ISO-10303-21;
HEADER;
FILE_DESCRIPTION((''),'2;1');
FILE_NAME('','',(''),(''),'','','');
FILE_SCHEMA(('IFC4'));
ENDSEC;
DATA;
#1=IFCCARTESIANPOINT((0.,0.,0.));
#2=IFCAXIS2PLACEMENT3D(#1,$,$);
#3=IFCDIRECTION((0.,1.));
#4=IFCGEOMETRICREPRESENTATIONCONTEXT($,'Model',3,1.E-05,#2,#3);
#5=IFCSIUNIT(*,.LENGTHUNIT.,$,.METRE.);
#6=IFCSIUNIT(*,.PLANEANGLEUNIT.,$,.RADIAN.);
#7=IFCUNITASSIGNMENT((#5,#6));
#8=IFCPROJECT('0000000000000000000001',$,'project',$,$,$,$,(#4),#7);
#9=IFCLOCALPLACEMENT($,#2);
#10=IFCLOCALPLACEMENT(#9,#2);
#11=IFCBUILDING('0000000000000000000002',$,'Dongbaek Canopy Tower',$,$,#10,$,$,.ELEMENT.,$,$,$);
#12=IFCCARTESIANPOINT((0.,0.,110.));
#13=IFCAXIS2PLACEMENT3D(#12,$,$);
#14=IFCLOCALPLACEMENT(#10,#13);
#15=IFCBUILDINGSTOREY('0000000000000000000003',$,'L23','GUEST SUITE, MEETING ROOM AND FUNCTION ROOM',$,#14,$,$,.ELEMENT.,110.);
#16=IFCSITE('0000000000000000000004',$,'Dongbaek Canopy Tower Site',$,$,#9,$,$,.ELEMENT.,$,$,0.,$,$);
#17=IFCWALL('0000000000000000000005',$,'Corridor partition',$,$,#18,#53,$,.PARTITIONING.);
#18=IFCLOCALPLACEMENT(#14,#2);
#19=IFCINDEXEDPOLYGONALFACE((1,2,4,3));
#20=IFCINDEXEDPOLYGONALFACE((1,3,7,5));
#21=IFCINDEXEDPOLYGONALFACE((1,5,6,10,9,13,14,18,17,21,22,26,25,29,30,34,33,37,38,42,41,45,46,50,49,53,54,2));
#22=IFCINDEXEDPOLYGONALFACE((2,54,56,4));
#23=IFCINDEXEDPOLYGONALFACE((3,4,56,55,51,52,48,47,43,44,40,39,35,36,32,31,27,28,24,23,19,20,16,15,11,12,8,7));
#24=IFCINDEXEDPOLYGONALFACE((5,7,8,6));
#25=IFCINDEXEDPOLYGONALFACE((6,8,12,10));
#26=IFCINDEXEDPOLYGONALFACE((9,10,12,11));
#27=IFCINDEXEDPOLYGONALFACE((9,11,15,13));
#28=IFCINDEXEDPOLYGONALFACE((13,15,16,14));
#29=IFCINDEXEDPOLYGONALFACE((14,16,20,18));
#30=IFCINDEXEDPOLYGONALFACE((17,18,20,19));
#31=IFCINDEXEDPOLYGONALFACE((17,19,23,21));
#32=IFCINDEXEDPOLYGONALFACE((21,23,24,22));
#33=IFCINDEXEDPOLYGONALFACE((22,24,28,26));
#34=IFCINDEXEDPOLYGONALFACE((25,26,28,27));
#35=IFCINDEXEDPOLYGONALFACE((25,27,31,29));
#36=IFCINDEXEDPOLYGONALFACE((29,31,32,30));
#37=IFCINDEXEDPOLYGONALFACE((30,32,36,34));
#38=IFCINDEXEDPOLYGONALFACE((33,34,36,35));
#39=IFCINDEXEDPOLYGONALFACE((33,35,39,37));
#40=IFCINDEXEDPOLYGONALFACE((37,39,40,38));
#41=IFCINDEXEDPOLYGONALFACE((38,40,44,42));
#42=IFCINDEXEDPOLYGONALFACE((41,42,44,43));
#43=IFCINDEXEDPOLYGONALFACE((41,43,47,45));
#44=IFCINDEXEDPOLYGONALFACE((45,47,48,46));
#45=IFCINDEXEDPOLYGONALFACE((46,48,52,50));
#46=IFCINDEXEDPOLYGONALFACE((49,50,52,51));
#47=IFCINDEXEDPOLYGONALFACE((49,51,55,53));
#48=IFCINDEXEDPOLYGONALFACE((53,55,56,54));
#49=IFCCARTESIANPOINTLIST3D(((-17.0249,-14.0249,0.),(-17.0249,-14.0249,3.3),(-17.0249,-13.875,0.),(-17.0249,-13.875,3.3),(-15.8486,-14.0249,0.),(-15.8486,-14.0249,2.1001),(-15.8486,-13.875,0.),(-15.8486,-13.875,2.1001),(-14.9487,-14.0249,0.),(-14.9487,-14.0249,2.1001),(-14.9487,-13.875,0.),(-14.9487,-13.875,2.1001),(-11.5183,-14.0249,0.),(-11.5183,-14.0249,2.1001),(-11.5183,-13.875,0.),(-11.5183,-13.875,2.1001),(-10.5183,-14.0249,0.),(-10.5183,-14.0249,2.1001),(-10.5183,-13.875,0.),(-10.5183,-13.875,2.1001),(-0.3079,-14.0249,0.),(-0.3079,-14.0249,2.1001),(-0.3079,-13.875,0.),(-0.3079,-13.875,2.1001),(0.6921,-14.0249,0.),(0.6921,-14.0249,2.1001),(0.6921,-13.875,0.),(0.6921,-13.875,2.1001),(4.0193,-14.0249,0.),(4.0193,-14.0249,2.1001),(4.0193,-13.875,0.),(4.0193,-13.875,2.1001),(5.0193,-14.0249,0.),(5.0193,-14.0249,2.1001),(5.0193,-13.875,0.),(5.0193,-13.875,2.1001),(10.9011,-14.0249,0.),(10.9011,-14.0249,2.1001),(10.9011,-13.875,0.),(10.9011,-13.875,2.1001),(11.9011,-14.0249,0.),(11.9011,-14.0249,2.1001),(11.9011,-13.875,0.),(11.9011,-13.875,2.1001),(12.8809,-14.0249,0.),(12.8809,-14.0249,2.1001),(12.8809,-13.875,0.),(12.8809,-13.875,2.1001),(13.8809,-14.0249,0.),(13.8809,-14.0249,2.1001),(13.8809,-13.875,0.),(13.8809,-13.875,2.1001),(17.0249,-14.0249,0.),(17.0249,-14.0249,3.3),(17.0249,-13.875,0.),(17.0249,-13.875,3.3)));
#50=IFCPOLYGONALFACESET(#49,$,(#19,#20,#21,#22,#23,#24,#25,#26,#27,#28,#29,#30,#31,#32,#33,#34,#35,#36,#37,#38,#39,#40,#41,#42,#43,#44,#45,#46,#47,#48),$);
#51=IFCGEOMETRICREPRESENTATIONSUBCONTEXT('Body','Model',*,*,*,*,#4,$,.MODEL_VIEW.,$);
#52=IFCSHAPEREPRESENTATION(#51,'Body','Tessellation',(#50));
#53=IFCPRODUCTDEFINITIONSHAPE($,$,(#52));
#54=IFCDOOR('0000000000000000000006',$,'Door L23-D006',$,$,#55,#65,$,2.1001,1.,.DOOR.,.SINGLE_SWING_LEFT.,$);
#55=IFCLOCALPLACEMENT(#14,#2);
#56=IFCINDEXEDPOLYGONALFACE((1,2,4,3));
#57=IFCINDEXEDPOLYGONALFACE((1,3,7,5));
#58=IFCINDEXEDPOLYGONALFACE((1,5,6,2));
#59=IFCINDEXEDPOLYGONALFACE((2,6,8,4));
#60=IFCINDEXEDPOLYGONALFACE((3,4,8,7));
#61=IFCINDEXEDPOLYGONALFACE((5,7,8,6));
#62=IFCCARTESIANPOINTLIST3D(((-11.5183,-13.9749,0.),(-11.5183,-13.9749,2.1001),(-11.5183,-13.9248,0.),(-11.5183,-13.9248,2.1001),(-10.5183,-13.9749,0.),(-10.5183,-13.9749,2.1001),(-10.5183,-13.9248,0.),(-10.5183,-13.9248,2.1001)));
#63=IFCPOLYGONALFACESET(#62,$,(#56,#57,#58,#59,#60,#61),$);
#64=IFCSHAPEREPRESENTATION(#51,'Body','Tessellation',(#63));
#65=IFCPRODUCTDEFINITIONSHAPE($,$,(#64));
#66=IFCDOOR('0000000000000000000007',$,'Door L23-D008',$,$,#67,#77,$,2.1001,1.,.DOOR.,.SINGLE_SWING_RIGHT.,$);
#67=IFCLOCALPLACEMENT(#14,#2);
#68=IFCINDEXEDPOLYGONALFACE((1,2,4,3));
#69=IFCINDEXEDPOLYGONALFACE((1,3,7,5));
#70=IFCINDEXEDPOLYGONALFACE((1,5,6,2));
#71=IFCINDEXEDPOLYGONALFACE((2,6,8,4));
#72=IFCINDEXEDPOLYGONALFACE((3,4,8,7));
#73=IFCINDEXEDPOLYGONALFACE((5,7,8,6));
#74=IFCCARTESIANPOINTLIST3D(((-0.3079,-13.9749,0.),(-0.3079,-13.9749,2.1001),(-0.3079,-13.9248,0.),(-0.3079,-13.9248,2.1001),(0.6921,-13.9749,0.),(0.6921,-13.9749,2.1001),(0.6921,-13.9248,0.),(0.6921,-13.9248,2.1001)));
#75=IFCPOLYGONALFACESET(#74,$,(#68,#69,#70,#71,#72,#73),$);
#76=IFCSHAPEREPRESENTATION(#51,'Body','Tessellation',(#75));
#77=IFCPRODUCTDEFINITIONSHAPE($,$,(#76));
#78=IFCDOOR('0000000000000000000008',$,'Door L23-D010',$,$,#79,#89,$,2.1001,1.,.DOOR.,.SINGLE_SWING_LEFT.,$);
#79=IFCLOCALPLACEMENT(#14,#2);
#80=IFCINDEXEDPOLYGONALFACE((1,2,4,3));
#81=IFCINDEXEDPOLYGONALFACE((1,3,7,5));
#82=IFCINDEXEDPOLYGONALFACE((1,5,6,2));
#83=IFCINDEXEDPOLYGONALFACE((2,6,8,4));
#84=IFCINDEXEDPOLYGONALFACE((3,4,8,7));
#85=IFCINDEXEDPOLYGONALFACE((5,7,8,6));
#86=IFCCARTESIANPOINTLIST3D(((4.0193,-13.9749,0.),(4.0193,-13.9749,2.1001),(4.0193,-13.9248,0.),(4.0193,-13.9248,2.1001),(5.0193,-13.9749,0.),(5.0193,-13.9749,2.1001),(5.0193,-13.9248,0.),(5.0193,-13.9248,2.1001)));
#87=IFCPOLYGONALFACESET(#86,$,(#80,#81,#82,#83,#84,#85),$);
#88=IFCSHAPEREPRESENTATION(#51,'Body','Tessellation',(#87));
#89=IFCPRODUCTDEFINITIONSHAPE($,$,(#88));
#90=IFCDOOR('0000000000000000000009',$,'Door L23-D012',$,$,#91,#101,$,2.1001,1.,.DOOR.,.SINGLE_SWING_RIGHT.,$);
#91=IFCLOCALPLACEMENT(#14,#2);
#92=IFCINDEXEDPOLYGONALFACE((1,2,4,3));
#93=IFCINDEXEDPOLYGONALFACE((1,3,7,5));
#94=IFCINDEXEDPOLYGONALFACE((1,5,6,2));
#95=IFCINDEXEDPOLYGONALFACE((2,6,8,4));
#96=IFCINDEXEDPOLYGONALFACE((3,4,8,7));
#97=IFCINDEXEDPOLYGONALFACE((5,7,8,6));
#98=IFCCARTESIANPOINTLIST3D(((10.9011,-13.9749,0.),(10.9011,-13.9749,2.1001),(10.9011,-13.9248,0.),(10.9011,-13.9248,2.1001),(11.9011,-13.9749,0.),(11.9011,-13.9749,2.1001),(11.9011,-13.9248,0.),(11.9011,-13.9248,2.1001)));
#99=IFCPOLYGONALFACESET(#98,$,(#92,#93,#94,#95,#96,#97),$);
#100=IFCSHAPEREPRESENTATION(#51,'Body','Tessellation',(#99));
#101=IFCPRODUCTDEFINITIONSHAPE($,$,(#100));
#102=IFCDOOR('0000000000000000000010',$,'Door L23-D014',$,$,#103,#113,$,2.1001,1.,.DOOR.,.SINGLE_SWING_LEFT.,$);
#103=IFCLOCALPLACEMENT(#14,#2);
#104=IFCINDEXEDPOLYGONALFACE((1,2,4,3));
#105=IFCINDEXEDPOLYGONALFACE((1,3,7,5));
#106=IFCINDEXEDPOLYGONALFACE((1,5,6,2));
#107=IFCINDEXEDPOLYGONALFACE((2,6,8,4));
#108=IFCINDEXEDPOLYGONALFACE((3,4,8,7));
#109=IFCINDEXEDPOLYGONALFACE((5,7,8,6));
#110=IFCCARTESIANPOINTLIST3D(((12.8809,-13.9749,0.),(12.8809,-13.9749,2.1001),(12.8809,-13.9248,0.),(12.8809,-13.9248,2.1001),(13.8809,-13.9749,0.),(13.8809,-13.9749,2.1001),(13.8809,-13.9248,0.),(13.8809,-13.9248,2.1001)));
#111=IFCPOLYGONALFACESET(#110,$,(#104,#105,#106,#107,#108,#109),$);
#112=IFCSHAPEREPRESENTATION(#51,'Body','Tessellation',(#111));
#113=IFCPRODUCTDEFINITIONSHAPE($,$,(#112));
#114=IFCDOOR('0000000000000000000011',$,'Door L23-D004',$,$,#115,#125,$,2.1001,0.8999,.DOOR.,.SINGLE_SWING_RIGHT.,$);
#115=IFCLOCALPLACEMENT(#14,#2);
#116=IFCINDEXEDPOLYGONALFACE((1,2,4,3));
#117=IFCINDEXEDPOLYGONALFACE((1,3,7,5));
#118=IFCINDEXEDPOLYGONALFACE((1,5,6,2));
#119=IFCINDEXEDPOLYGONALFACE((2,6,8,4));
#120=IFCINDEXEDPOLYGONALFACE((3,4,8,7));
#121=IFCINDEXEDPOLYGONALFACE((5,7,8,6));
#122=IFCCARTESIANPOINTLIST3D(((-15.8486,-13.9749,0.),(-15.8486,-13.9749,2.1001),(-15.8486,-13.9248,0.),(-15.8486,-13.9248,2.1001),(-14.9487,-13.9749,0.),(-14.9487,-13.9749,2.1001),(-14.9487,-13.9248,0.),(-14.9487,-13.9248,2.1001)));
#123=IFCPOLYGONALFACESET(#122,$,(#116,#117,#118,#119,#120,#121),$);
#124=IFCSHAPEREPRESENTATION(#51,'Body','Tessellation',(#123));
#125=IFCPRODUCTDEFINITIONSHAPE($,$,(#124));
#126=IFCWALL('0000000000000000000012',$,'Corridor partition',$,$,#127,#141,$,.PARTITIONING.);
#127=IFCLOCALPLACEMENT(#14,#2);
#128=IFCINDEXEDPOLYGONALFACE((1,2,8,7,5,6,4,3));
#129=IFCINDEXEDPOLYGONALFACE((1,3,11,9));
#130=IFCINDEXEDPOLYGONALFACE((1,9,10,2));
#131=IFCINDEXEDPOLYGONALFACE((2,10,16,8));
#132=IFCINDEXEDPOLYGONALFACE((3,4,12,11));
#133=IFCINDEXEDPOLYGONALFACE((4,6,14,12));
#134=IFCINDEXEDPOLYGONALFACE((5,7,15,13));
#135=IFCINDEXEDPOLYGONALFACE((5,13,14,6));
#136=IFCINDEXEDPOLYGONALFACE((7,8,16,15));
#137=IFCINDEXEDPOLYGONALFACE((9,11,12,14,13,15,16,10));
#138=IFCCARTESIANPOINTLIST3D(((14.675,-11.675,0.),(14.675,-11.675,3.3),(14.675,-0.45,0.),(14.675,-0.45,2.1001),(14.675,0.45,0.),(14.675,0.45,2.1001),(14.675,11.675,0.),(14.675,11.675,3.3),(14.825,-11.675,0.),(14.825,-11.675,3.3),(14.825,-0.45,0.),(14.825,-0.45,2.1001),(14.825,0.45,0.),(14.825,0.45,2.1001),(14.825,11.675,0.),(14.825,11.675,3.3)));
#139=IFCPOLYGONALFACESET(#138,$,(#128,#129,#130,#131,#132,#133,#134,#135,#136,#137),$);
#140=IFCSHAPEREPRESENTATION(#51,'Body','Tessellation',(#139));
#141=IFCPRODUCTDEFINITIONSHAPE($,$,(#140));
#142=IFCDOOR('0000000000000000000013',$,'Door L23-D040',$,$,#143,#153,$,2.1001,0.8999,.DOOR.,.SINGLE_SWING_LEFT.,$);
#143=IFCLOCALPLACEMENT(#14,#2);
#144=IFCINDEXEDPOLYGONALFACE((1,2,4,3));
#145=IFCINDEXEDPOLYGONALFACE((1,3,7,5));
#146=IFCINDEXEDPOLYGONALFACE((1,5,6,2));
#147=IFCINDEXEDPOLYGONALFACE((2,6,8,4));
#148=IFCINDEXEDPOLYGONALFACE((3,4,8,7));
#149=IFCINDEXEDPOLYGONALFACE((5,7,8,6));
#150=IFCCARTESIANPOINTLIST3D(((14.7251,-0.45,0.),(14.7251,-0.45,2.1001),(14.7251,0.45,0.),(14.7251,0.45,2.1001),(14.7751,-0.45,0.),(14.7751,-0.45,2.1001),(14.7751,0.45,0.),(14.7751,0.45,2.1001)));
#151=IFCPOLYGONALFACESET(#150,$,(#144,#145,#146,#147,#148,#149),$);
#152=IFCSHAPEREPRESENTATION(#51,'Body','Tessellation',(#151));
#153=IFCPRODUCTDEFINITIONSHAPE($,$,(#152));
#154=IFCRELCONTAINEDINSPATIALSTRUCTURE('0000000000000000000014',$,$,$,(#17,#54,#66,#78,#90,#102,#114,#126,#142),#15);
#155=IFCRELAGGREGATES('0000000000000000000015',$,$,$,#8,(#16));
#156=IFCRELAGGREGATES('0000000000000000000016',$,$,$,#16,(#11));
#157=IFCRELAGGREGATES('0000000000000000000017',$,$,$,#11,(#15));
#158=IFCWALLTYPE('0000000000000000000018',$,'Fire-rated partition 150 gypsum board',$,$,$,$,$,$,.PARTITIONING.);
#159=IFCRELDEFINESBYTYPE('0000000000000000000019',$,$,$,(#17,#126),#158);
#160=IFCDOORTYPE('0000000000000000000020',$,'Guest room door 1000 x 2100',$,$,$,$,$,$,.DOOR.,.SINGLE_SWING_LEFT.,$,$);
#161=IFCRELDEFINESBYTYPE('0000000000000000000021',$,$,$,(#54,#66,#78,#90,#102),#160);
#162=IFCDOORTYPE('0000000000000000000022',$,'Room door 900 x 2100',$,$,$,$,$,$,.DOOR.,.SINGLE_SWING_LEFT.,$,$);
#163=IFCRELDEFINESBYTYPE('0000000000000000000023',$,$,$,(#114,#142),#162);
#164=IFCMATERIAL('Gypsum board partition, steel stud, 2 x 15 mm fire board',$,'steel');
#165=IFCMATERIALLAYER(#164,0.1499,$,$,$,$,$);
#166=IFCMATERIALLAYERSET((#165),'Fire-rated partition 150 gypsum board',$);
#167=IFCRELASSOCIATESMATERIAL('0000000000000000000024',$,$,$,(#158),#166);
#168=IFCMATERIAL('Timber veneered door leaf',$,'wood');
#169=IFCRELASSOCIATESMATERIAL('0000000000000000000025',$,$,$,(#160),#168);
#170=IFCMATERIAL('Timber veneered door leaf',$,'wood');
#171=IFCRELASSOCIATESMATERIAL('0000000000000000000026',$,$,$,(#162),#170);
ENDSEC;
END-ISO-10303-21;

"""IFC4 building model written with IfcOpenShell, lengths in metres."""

from ifc_helpers import new_model, si_unit, direction, frame, frame_2d, origin, place, context, subcontext, project, spatial, rectangle, extrude, material, layer, layer_set, type_object, element, fill, save


model = new_model("IFC4")

# Units and contexts
model_context = context("Model", 3, precision=1e-05, world=origin(), true_north=direction((0.0, 1.0)))
body_context = subcontext(model_context, "Body", "Model", "MODEL_VIEW")
ifc_project = project(units=[si_unit("LENGTHUNIT", "METRE"), si_unit("PLANEANGLEUNIT", "RADIAN")], contexts=[model_context])

# Site, building, storey
site_placement = place(None, origin())
site = spatial("IfcSite", under=ifc_project, at=site_placement, Name="Dongbaek Canopy Tower Site", CompositionType="ELEMENT", RefElevation=0.0)
building_placement = place(site_placement, origin())
building = spatial("IfcBuilding", under=site, at=building_placement, Name="Dongbaek Canopy Tower", CompositionType="ELEMENT")
storey_placement = place(building_placement, frame((0.0, 0.0, 110.0)))
storey = spatial("IfcBuildingStorey", under=building, at=storey_placement, Name="L23", Description="GUEST SUITE, MEETING ROOM AND FUNCTION ROOM", CompositionType="ELEMENT", Elevation=110.0)

# Wall, openings, doors
ifc_material_1 = material(Name="Gypsum board partition, steel stud, 2 x 15 mm fire board", Category="steel")
ifc_layer_1 = layer(ifc_material_1, 0.1499)
ifc_layer_set_1 = layer_set([ifc_layer_1], Name="Fire-rated partition 150 gypsum board")
wall_type_1 = type_object("IfcWallType", Name="Fire-rated partition 150 gypsum board", PredefinedType="PARTITIONING", material=ifc_layer_set_1)
wall_1_placement = place(storey_placement, frame((17.0249, -13.95, 0.0), z_axis=(0.0, 0.0, 1.0), x_axis=(-1.0, 0.0, 0.0)))
wall_1 = element("IfcWall", 1, at=wall_1_placement, inside=storey, type_object=wall_type_1, Name="Corridor partition", PredefinedType="PARTITIONING", context=body_context, shape_type="SweptSolid", body=[
    extrude(rectangle(XDim=34.0498, YDim=0.1499, at=frame_2d((17.0249, 0.0))), origin(), (0.0, 0.0, 1.0), 3.3),
])
opening_1_placement = place(wall_1_placement, frame((31.9736, 0.0, 0.0)))
opening_1 = element("IfcOpeningElement", 2, at=opening_1_placement, cuts=wall_1, PredefinedType="OPENING", context=body_context, shape_type="SweptSolid", body=[
    extrude(rectangle(XDim=0.8999, YDim=2.1001, at=frame_2d((0.45, 1.05))), frame((0.0, 0.085, 0.0), z_axis=(0.0, -1.0, 0.0), x_axis=(1.0, 0.0, 0.0)), (0.0, 0.0, 1.0), 0.1699),
])
opening_2_placement = place(wall_1_placement, frame((27.5432, 0.0, 0.0)))
opening_2 = element("IfcOpeningElement", 3, at=opening_2_placement, cuts=wall_1, PredefinedType="OPENING", context=body_context, shape_type="SweptSolid", body=[
    extrude(rectangle(XDim=1.0, YDim=2.1001, at=frame_2d((0.5, 1.05))), frame((0.0, 0.085, 0.0), z_axis=(0.0, -1.0, 0.0), x_axis=(1.0, 0.0, 0.0)), (0.0, 0.0, 1.0), 0.1699),
])
opening_3_placement = place(wall_1_placement, frame((16.3328, 0.0, 0.0)))
opening_3 = element("IfcOpeningElement", 4, at=opening_3_placement, cuts=wall_1, PredefinedType="OPENING", context=body_context, shape_type="SweptSolid", body=[
    extrude(rectangle(XDim=1.0, YDim=2.1001, at=frame_2d((0.5, 1.05))), frame((0.0, 0.085, 0.0), z_axis=(0.0, -1.0, 0.0), x_axis=(1.0, 0.0, 0.0)), (0.0, 0.0, 1.0), 0.1699),
])
opening_4_placement = place(wall_1_placement, frame((12.0056, 0.0, 0.0)))
opening_4 = element("IfcOpeningElement", 5, at=opening_4_placement, cuts=wall_1, PredefinedType="OPENING", context=body_context, shape_type="SweptSolid", body=[
    extrude(rectangle(XDim=1.0, YDim=2.1001, at=frame_2d((0.5, 1.05))), frame((0.0, 0.085, 0.0), z_axis=(0.0, -1.0, 0.0), x_axis=(1.0, 0.0, 0.0)), (0.0, 0.0, 1.0), 0.1699),
])
opening_5_placement = place(wall_1_placement, frame((5.1238, 0.0, 0.0)))
opening_5 = element("IfcOpeningElement", 6, at=opening_5_placement, cuts=wall_1, PredefinedType="OPENING", context=body_context, shape_type="SweptSolid", body=[
    extrude(rectangle(XDim=1.0, YDim=2.1001, at=frame_2d((0.5, 1.05))), frame((0.0, 0.085, 0.0), z_axis=(0.0, -1.0, 0.0), x_axis=(1.0, 0.0, 0.0)), (0.0, 0.0, 1.0), 0.1699),
])
opening_6_placement = place(wall_1_placement, frame((3.144, 0.0, 0.0)))
opening_6 = element("IfcOpeningElement", 7, at=opening_6_placement, cuts=wall_1, PredefinedType="OPENING", context=body_context, shape_type="SweptSolid", body=[
    extrude(rectangle(XDim=1.0, YDim=2.1001, at=frame_2d((0.5, 1.05))), frame((0.0, 0.085, 0.0), z_axis=(0.0, -1.0, 0.0), x_axis=(1.0, 0.0, 0.0)), (0.0, 0.0, 1.0), 0.1699),
])
ifc_material_2 = material(Name="Timber veneered door leaf", Category="wood")
door_type_1 = type_object("IfcDoorType", Name="Guest room door 1000 x 2100", OperationType="SINGLE_SWING_LEFT", PredefinedType="DOOR", material=ifc_material_2)
door_1_placement = place(opening_2_placement, origin())
door_1 = element("IfcDoor", 8, at=door_1_placement, inside=storey, type_object=door_type_1, Name="Door L23-D006", OperationType="SINGLE_SWING_LEFT", OverallHeight=2.1001, OverallWidth=1.0, PredefinedType="DOOR", context=body_context, shape_type="SweptSolid", body=[
    extrude(rectangle(XDim=1.0, YDim=2.1001, at=frame_2d((0.5, 1.05))), frame((0.0, 0.0249, 0.0), z_axis=(0.0, -1.0, 0.0), x_axis=(1.0, 0.0, 0.0)), (0.0, 0.0, 1.0), 0.05),
])
fill(opening_2, door_1)
door_2_placement = place(opening_3_placement, origin())
door_2 = element("IfcDoor", 9, at=door_2_placement, inside=storey, type_object=door_type_1, Name="Door L23-D008", OperationType="SINGLE_SWING_RIGHT", OverallHeight=2.1001, OverallWidth=1.0, PredefinedType="DOOR", context=body_context, shape_type="SweptSolid", body=[
    extrude(rectangle(XDim=1.0, YDim=2.1001, at=frame_2d((0.5, 1.05))), frame((0.0, 0.0249, 0.0), z_axis=(0.0, -1.0, 0.0), x_axis=(1.0, 0.0, 0.0)), (0.0, 0.0, 1.0), 0.05),
])
fill(opening_3, door_2)
door_3_placement = place(opening_4_placement, origin())
door_3 = element("IfcDoor", 10, at=door_3_placement, inside=storey, type_object=door_type_1, Name="Door L23-D010", OperationType="SINGLE_SWING_LEFT", OverallHeight=2.1001, OverallWidth=1.0, PredefinedType="DOOR", context=body_context, shape_type="SweptSolid", body=[
    extrude(rectangle(XDim=1.0, YDim=2.1001, at=frame_2d((0.5, 1.05))), frame((0.0, 0.0249, 0.0), z_axis=(0.0, -1.0, 0.0), x_axis=(1.0, 0.0, 0.0)), (0.0, 0.0, 1.0), 0.05),
])
fill(opening_4, door_3)
door_4_placement = place(opening_5_placement, origin())
door_4 = element("IfcDoor", 11, at=door_4_placement, inside=storey, type_object=door_type_1, Name="Door L23-D012", OperationType="SINGLE_SWING_RIGHT", OverallHeight=2.1001, OverallWidth=1.0, PredefinedType="DOOR", context=body_context, shape_type="SweptSolid", body=[
    extrude(rectangle(XDim=1.0, YDim=2.1001, at=frame_2d((0.5, 1.05))), frame((0.0, 0.0249, 0.0), z_axis=(0.0, -1.0, 0.0), x_axis=(1.0, 0.0, 0.0)), (0.0, 0.0, 1.0), 0.05),
])
fill(opening_5, door_4)
door_5_placement = place(opening_6_placement, origin())
door_5 = element("IfcDoor", 12, at=door_5_placement, inside=storey, type_object=door_type_1, Name="Door L23-D014", OperationType="SINGLE_SWING_LEFT", OverallHeight=2.1001, OverallWidth=1.0, PredefinedType="DOOR", context=body_context, shape_type="SweptSolid", body=[
    extrude(rectangle(XDim=1.0, YDim=2.1001, at=frame_2d((0.5, 1.05))), frame((0.0, 0.0249, 0.0), z_axis=(0.0, -1.0, 0.0), x_axis=(1.0, 0.0, 0.0)), (0.0, 0.0, 1.0), 0.05),
])
fill(opening_6, door_5)
ifc_material_3 = material(Name="Timber veneered door leaf", Category="wood")
door_type_2 = type_object("IfcDoorType", Name="Room door 900 x 2100", OperationType="SINGLE_SWING_LEFT", PredefinedType="DOOR", material=ifc_material_3)
door_6_placement = place(opening_1_placement, origin())
door_6 = element("IfcDoor", 13, at=door_6_placement, inside=storey, type_object=door_type_2, Name="Door L23-D004", OperationType="SINGLE_SWING_RIGHT", OverallHeight=2.1001, OverallWidth=0.8999, PredefinedType="DOOR", context=body_context, shape_type="SweptSolid", body=[
    extrude(rectangle(XDim=0.8999, YDim=2.1001, at=frame_2d((0.45, 1.05))), frame((0.0, 0.0249, 0.0), z_axis=(0.0, -1.0, 0.0), x_axis=(1.0, 0.0, 0.0)), (0.0, 0.0, 1.0), 0.05),
])
fill(opening_1, door_6)

# Wall, opening, door
wall_2_placement = place(storey_placement, frame((14.75, -11.675, 0.0), z_axis=(0.0, 0.0, 1.0), x_axis=(0.0, 1.0, 0.0)))
wall_2 = element("IfcWall", 14, at=wall_2_placement, inside=storey, type_object=wall_type_1, Name="Corridor partition", PredefinedType="PARTITIONING", context=body_context, shape_type="SweptSolid", body=[
    extrude(rectangle(XDim=23.3501, YDim=0.1499, at=frame_2d((11.675, 0.0))), origin(), (0.0, 0.0, 1.0), 3.3),
])
opening_7_placement = place(wall_2_placement, frame((11.2251, 0.0, 0.0)))
opening_7 = element("IfcOpeningElement", 15, at=opening_7_placement, cuts=wall_2, PredefinedType="OPENING", context=body_context, shape_type="SweptSolid", body=[
    extrude(rectangle(XDim=0.8999, YDim=2.1001, at=frame_2d((0.45, 1.05))), frame((0.0, 0.085, 0.0), z_axis=(0.0, -1.0, 0.0), x_axis=(1.0, 0.0, 0.0)), (0.0, 0.0, 1.0), 0.1699),
])
door_7_placement = place(opening_7_placement, origin())
door_7 = element("IfcDoor", 16, at=door_7_placement, inside=storey, type_object=door_type_2, Name="Door L23-D040", OperationType="SINGLE_SWING_LEFT", OverallHeight=2.1001, OverallWidth=0.8999, PredefinedType="DOOR", context=body_context, shape_type="SweptSolid", body=[
    extrude(rectangle(XDim=0.8999, YDim=2.1001, at=frame_2d((0.45, 1.05))), frame((0.0, 0.0249, 0.0), z_axis=(0.0, -1.0, 0.0), x_axis=(1.0, 0.0, 0.0)), (0.0, 0.0, 1.0), 0.05),
])
fill(opening_7, door_7)

save(model, "model.ifc")
